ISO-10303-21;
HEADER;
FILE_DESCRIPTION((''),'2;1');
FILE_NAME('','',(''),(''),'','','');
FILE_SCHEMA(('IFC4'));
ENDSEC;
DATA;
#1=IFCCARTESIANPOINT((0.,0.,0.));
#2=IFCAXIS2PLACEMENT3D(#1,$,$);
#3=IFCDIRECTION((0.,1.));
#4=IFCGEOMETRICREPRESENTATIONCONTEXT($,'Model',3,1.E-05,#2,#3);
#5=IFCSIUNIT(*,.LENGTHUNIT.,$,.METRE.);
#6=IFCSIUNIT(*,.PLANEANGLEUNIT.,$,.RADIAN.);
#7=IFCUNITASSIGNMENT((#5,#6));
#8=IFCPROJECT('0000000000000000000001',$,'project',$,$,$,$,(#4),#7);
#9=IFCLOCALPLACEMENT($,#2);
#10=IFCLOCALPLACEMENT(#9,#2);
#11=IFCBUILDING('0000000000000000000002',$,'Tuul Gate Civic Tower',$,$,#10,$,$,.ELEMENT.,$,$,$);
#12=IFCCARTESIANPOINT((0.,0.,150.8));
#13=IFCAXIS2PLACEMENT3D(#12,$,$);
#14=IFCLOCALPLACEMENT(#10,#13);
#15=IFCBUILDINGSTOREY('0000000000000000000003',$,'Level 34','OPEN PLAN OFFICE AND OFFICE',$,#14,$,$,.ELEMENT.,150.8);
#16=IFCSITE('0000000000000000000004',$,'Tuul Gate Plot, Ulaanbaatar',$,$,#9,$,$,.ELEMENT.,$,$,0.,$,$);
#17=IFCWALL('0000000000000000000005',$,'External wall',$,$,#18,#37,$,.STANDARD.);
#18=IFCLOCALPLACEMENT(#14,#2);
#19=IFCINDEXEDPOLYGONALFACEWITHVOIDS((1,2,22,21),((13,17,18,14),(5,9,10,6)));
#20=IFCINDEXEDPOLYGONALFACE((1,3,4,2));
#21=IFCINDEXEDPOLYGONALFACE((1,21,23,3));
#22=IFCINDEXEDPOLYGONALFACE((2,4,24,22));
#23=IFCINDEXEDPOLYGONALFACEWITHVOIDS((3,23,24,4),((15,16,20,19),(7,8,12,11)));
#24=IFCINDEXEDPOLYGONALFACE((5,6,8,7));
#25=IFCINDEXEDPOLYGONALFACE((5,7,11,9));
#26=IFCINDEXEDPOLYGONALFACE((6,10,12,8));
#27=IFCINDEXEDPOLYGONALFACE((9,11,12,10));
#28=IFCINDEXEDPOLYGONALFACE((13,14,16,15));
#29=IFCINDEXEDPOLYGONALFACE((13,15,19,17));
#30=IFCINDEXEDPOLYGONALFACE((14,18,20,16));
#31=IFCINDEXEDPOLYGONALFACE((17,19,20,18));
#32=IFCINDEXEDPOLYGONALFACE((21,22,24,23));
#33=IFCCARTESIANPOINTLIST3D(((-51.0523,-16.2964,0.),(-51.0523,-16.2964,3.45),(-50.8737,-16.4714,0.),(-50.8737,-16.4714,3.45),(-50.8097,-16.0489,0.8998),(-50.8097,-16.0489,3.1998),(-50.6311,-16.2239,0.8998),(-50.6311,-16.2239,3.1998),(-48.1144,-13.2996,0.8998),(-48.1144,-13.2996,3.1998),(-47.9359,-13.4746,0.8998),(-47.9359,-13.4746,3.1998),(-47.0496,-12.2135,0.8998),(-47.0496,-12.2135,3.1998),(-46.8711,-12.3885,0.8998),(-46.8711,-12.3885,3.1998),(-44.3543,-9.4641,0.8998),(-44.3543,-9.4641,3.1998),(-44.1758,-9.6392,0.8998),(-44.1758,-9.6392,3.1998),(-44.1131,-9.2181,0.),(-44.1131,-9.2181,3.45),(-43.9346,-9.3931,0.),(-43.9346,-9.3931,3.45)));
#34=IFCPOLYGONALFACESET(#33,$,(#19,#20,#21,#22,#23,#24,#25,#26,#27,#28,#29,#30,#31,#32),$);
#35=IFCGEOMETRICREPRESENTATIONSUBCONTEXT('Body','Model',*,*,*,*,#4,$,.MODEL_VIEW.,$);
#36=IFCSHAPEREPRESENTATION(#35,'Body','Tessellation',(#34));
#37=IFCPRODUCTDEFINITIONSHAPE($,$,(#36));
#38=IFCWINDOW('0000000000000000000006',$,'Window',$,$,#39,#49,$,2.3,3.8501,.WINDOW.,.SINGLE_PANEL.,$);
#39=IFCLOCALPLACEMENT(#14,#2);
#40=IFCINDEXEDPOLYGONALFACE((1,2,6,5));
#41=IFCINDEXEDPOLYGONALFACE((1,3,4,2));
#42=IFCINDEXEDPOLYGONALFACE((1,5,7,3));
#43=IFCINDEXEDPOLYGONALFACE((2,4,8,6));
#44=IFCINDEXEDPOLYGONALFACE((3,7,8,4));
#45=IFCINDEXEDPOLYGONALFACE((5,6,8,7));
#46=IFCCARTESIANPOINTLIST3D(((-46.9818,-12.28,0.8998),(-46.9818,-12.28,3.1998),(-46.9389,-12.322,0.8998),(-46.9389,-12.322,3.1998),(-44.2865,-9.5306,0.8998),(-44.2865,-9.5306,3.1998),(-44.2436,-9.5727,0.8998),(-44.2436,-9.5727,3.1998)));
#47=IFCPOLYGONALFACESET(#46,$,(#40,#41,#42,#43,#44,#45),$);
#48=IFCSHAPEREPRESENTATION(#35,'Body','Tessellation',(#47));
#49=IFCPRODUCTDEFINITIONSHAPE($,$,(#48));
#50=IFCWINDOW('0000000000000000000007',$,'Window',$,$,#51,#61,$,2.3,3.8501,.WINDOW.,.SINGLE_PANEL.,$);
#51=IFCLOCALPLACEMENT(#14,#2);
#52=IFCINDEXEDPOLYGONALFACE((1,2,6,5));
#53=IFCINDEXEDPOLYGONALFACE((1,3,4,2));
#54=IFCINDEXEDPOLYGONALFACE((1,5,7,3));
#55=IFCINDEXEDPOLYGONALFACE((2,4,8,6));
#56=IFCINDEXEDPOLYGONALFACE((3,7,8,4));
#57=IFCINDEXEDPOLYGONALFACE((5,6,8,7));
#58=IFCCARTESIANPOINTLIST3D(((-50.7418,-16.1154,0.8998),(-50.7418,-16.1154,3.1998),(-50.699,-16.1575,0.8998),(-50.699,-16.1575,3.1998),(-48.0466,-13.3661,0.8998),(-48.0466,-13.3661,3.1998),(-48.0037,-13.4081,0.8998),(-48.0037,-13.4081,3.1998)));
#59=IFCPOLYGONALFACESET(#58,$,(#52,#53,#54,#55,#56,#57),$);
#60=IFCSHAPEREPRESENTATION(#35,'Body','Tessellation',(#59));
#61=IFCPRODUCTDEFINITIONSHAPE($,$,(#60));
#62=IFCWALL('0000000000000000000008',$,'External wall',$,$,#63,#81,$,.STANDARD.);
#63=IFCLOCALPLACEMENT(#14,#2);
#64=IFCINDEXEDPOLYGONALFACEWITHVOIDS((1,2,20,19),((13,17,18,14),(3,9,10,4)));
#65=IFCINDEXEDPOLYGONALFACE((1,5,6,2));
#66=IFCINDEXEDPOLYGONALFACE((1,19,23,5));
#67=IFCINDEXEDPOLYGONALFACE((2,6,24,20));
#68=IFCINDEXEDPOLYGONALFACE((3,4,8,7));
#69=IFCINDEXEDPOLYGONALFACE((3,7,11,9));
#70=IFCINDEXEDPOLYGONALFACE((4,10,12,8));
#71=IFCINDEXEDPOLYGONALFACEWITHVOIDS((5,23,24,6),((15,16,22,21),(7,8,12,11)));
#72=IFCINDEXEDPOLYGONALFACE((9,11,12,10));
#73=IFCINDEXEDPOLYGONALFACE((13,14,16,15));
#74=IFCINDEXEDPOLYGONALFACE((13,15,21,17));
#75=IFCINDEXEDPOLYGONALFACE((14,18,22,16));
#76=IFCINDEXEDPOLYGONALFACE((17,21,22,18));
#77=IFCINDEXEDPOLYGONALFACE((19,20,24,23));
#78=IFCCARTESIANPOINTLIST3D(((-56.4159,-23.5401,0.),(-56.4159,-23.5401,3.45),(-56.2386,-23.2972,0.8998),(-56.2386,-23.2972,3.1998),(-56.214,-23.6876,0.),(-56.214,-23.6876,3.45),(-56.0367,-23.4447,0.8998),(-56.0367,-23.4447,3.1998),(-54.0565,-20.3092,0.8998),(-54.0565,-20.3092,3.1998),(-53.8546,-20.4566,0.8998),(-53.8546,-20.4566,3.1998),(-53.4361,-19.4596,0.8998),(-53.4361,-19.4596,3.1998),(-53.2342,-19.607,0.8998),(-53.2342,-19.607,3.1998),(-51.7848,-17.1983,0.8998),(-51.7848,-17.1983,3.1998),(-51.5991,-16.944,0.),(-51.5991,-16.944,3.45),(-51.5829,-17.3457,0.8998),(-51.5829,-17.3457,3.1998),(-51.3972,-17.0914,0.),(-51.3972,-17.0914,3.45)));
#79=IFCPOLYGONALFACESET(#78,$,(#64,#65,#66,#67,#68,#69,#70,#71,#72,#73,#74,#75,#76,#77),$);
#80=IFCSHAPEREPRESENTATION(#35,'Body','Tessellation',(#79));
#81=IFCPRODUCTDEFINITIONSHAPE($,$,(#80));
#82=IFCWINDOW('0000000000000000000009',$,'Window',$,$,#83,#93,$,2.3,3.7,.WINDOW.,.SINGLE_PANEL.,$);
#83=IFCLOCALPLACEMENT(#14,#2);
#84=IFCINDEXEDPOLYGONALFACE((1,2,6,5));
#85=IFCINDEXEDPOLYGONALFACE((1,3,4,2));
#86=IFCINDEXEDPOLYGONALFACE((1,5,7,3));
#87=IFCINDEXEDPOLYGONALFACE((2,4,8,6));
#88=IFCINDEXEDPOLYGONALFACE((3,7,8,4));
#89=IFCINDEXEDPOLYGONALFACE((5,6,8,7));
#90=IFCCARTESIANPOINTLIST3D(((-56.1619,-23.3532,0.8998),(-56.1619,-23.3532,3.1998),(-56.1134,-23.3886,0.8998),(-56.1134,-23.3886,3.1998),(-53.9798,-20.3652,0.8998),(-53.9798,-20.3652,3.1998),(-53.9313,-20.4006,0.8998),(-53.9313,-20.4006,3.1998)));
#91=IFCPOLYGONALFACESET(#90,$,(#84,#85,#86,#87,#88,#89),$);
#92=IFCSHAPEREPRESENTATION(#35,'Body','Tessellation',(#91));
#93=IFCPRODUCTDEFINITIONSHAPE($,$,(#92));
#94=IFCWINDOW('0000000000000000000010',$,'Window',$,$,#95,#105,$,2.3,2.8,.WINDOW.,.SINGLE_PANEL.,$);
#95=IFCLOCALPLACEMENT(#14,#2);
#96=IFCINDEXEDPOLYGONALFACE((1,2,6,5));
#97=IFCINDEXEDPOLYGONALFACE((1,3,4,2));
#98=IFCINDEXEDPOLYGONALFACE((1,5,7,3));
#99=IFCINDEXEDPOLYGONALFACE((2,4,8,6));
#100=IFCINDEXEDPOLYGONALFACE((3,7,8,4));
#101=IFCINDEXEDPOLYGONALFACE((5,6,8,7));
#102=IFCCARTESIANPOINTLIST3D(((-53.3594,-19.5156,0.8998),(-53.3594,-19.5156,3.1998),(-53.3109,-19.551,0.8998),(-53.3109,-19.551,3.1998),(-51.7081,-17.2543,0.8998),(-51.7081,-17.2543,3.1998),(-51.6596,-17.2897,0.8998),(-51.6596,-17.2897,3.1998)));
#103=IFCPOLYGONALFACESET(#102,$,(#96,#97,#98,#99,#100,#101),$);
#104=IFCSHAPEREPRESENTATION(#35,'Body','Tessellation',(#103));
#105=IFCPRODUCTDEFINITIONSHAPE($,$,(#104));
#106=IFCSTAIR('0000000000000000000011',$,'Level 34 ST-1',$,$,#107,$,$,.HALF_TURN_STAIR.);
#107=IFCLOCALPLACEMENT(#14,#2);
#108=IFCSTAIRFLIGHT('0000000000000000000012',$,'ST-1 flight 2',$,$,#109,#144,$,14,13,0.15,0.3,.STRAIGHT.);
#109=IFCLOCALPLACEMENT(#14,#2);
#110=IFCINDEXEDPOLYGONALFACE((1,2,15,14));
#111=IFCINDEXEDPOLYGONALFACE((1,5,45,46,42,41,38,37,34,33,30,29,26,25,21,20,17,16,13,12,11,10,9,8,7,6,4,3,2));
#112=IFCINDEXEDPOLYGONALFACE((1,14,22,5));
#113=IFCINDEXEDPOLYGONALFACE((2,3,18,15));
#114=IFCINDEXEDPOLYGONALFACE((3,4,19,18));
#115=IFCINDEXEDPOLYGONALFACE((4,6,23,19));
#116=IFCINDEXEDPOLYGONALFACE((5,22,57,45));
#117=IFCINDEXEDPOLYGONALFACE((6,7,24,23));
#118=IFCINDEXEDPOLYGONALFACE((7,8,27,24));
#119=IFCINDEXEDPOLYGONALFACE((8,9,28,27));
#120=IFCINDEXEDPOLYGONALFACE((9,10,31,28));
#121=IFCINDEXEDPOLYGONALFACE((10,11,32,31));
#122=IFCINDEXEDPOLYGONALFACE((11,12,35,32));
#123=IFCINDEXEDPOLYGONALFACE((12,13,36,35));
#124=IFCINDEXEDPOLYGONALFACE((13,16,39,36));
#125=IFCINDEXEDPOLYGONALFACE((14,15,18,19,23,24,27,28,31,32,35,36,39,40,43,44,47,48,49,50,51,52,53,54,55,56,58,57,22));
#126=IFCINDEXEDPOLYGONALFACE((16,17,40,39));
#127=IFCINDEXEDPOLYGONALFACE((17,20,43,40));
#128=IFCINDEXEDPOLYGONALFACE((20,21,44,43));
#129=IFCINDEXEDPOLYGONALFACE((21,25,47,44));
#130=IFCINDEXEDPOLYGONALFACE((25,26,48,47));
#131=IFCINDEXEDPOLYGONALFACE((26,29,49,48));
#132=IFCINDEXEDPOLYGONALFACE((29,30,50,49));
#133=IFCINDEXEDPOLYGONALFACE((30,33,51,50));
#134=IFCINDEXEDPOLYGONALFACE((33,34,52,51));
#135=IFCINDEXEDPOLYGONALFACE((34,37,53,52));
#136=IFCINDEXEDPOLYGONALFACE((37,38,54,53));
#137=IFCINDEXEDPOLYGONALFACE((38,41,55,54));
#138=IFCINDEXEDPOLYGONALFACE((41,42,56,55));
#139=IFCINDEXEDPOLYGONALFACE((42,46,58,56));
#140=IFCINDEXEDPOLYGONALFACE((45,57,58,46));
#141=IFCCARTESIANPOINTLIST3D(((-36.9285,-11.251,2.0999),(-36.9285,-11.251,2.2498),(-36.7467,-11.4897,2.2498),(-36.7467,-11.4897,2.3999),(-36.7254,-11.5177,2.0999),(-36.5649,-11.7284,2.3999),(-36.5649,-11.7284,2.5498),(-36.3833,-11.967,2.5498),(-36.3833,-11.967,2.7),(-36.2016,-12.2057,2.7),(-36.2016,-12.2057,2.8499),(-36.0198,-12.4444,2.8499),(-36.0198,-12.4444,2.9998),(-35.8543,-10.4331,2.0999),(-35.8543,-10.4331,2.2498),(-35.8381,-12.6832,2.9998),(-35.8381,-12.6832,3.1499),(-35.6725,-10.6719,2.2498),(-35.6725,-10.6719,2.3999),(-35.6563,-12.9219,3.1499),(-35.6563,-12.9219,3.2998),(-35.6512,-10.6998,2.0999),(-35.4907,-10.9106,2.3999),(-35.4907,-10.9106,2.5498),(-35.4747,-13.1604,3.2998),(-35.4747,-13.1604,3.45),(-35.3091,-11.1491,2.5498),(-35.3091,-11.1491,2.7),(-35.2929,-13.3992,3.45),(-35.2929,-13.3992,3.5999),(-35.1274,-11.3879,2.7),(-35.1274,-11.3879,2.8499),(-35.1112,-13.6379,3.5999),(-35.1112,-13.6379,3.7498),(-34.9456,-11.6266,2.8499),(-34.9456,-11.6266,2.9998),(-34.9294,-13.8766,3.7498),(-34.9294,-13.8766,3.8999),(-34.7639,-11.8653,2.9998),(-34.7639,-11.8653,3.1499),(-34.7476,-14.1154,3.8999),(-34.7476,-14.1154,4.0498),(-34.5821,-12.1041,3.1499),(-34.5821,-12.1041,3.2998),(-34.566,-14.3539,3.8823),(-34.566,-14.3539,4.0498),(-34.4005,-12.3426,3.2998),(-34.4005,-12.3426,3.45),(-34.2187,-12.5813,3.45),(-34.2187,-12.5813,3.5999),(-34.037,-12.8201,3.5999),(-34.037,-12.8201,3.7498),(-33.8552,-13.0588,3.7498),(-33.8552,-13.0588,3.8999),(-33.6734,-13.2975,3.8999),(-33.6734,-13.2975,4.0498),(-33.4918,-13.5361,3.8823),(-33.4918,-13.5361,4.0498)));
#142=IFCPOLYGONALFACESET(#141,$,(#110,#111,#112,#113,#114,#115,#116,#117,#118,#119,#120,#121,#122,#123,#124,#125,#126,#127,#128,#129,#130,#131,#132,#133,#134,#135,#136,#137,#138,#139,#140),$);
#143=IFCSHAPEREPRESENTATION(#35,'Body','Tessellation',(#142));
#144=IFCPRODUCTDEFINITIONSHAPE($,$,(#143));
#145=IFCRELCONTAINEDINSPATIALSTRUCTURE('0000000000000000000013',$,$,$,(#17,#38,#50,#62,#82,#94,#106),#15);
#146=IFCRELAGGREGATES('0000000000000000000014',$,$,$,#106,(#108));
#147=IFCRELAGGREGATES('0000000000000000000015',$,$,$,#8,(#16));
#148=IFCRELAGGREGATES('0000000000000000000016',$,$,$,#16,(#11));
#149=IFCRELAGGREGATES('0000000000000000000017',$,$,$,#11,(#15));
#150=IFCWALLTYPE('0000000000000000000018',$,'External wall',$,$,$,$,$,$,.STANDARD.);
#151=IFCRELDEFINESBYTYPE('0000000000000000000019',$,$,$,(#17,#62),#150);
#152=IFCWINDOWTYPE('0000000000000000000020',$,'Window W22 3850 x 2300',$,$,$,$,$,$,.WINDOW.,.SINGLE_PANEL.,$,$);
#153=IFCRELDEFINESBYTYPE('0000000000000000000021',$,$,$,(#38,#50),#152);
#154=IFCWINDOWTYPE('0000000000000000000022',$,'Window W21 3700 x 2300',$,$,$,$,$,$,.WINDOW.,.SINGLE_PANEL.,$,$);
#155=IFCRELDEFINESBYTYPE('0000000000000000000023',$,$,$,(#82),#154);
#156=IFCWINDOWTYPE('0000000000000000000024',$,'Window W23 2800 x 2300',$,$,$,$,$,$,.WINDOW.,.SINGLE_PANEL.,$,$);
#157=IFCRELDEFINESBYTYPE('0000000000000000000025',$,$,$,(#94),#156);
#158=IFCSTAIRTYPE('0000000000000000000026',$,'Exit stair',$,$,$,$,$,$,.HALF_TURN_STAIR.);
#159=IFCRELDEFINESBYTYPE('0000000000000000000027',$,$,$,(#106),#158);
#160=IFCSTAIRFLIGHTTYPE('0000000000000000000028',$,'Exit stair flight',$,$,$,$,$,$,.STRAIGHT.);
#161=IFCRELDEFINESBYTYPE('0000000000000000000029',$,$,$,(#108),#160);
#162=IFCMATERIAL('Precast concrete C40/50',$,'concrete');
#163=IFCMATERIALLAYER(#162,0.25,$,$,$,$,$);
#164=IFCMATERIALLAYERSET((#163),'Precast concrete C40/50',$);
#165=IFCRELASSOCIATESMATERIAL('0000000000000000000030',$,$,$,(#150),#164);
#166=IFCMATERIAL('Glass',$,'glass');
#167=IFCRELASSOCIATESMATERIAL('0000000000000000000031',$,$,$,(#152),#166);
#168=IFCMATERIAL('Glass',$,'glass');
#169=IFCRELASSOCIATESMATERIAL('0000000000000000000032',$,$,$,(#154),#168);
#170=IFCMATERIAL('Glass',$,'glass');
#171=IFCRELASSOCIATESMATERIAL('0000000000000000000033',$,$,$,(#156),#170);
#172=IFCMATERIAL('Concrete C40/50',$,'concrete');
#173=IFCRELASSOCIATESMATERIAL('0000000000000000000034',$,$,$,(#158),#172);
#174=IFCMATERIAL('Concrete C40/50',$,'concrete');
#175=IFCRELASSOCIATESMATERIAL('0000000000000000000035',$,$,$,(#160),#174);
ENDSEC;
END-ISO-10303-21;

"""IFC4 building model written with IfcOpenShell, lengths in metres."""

from ifc_helpers import new_model, si_unit, direction, frame, frame_2d, origin, place, context, subcontext, project, spatial, polyline, rectangle, outline, extrude, material, layer, layer_set, type_object, element, fill, aggregate, save


model = new_model("IFC4")

# Units and contexts
model_context = context("Model", 3, precision=1e-05, world=origin(), true_north=direction((0.0, 1.0)))
body_context = subcontext(model_context, "Body", "Model", "MODEL_VIEW")
ifc_project = project(units=[si_unit("LENGTHUNIT", "METRE"), si_unit("PLANEANGLEUNIT", "RADIAN")], contexts=[model_context])

# Site, building, storey
site_placement = place(None, origin())
site = spatial("IfcSite", under=ifc_project, at=site_placement, Name="Tuul Gate Plot, Ulaanbaatar", CompositionType="ELEMENT", RefElevation=0.0)
building_placement = place(site_placement, origin())
building = spatial("IfcBuilding", under=site, at=building_placement, Name="Tuul Gate Civic Tower", CompositionType="ELEMENT")
storey_placement = place(building_placement, frame((0.0, 0.0, 150.8)))
storey = spatial("IfcBuildingStorey", under=building, at=storey_placement, Name="Level 34", Description="OPEN PLAN OFFICE AND OFFICE", CompositionType="ELEMENT", Elevation=150.8)

# Walls, openings, windows
ifc_material_1 = material(Name="Precast concrete C40/50", Category="concrete")
ifc_layer_1 = layer(ifc_material_1, 0.25)
ifc_layer_set_1 = layer_set([ifc_layer_1], Name="Precast concrete C40/50")
wall_type_1 = type_object("IfcWallType", Name="External wall", PredefinedType="STANDARD", material=ifc_layer_set_1)
wall_1_placement = place(storey_placement, frame((-44.0239, -9.3057, 0.0), z_axis=(0.0, 0.0, 1.0), x_axis=(-0.700052, -0.714091, 0.0)))
wall_1 = element("IfcWall", 1, at=wall_1_placement, inside=storey, type_object=wall_type_1, Name="External wall", PredefinedType="STANDARD", context=body_context, shape_type="SweptSolid", body=[
    extrude(rectangle(XDim=9.9124, YDim=0.25, at=frame_2d((4.9561, 0.0))), origin(), (0.0, 0.0, 1.0), 3.45),
])
opening_1_placement = place(wall_1_placement, frame((0.3445, 0.0, 0.8999)))
opening_1 = element("IfcOpeningElement", 2, at=opening_1_placement, cuts=wall_1, PredefinedType="OPENING", context=body_context, shape_type="SweptSolid", body=[
    extrude(rectangle(XDim=3.8501, YDim=2.3, at=frame_2d((1.925, 1.1499))), frame((0.0, 0.135, 0.0), z_axis=(0.0, -1.0, 0.0), x_axis=(1.0, 0.0, 0.0)), (0.0, 0.0, 1.0), 0.27),
])
opening_2_placement = place(wall_1_placement, frame((5.7156, 0.0, 0.8999)))
opening_2 = element("IfcOpeningElement", 3, at=opening_2_placement, cuts=wall_1, PredefinedType="OPENING", context=body_context, shape_type="SweptSolid", body=[
    extrude(rectangle(XDim=3.8501, YDim=2.3, at=frame_2d((1.925, 1.1499))), frame((0.0, 0.135, 0.0), z_axis=(0.0, -1.0, 0.0), x_axis=(1.0, 0.0, 0.0)), (0.0, 0.0, 1.0), 0.27),
])
ifc_material_2 = material(Name="Glass", Category="glass")
window_type_1 = type_object("IfcWindowType", Name="Window W22 3850 x 2300", PartitioningType="SINGLE_PANEL", PredefinedType="WINDOW", material=ifc_material_2)
window_1_placement = place(opening_1_placement, origin())
window_1 = element("IfcWindow", 4, at=window_1_placement, inside=storey, type_object=window_type_1, Name="Window", OverallHeight=2.3, OverallWidth=3.8501, PartitioningType="SINGLE_PANEL", PredefinedType="WINDOW", context=body_context, shape_type="SweptSolid", body=[
    extrude(rectangle(XDim=3.8501, YDim=2.3, at=frame_2d((1.925, 1.1499))), frame((0.0, 0.03, 0.0), z_axis=(0.0, -1.0, 0.0), x_axis=(1.0, 0.0, 0.0)), (0.0, 0.0, 1.0), 0.0601),
])
fill(opening_1, window_1)
window_2_placement = place(opening_2_placement, origin())
window_2 = element("IfcWindow", 5, at=window_2_placement, inside=storey, type_object=window_type_1, Name="Window", OverallHeight=2.3, OverallWidth=3.8501, PartitioningType="SINGLE_PANEL", PredefinedType="WINDOW", context=body_context, shape_type="SweptSolid", body=[
    extrude(rectangle(XDim=3.8501, YDim=2.3, at=frame_2d((1.925, 1.1499))), frame((0.0, 0.03, 0.0), z_axis=(0.0, -1.0, 0.0), x_axis=(1.0, 0.0, 0.0)), (0.0, 0.0, 1.0), 0.0601),
])
fill(opening_2, window_2)
wall_2_placement = place(storey_placement, frame((-51.498, -17.0176, 0.0), z_axis=(0.0, 0.0, 1.0), x_axis=(-0.589745, -0.807589, 0.0)))
wall_2 = element("IfcWall", 6, at=wall_2_placement, inside=storey, type_object=wall_type_1, Name="External wall", PredefinedType="STANDARD", context=body_context, shape_type="SweptSolid", body=[
    extrude(rectangle(XDim=8.1677, YDim=0.25, at=frame_2d((4.084, 0.0))), origin(), (0.0, 0.0, 1.0), 3.45),
])
opening_3_placement = place(wall_2_placement, frame((0.3152, 0.0, 0.8999)))
opening_3 = element("IfcOpeningElement", 7, at=opening_3_placement, cuts=wall_2, PredefinedType="OPENING", context=body_context, shape_type="SweptSolid", body=[
    extrude(rectangle(XDim=2.8, YDim=2.3, at=frame_2d((1.3999, 1.1499))), frame((0.0, 0.135, 0.0), z_axis=(0.0, -1.0, 0.0), x_axis=(1.0, 0.0, 0.0)), (0.0, 0.0, 1.0), 0.27),
])
opening_4_placement = place(wall_2_placement, frame((4.167, 0.0, 0.8999)))
opening_4 = element("IfcOpeningElement", 8, at=opening_4_placement, cuts=wall_2, PredefinedType="OPENING", context=body_context, shape_type="SweptSolid", body=[
    extrude(rectangle(XDim=3.7, YDim=2.3, at=frame_2d((1.8501, 1.1499))), frame((0.0, 0.135, 0.0), z_axis=(0.0, -1.0, 0.0), x_axis=(1.0, 0.0, 0.0)), (0.0, 0.0, 1.0), 0.27),
])
ifc_material_3 = material(Name="Glass", Category="glass")
window_type_2 = type_object("IfcWindowType", Name="Window W21 3700 x 2300", PartitioningType="SINGLE_PANEL", PredefinedType="WINDOW", material=ifc_material_3)
window_3_placement = place(opening_4_placement, origin())
window_3 = element("IfcWindow", 9, at=window_3_placement, inside=storey, type_object=window_type_2, Name="Window", OverallHeight=2.3, OverallWidth=3.7, PartitioningType="SINGLE_PANEL", PredefinedType="WINDOW", context=body_context, shape_type="SweptSolid", body=[
    extrude(rectangle(XDim=3.7, YDim=2.3, at=frame_2d((1.8501, 1.1499))), frame((0.0, 0.03, 0.0), z_axis=(0.0, -1.0, 0.0), x_axis=(1.0, 0.0, 0.0)), (0.0, 0.0, 1.0), 0.0601),
])
fill(opening_4, window_3)
ifc_material_4 = material(Name="Glass", Category="glass")
window_type_3 = type_object("IfcWindowType", Name="Window W23 2800 x 2300", PartitioningType="SINGLE_PANEL", PredefinedType="WINDOW", material=ifc_material_4)
window_4_placement = place(opening_3_placement, origin())
window_4 = element("IfcWindow", 10, at=window_4_placement, inside=storey, type_object=window_type_3, Name="Window", OverallHeight=2.3, OverallWidth=2.8, PartitioningType="SINGLE_PANEL", PredefinedType="WINDOW", context=body_context, shape_type="SweptSolid", body=[
    extrude(rectangle(XDim=2.8, YDim=2.3, at=frame_2d((1.3999, 1.1499))), frame((0.0, 0.03, 0.0), z_axis=(0.0, -1.0, 0.0), x_axis=(1.0, 0.0, 0.0)), (0.0, 0.0, 1.0), 0.0601),
])
fill(opening_3, window_4)

# Stair, stair flight
ifc_material_5 = material(Name="Concrete C40/50", Category="concrete")
stair_type = type_object("IfcStairType", Name="Exit stair", PredefinedType="HALF_TURN_STAIR", material=ifc_material_5)
stair_placement = place(storey_placement, origin())
stair = element("IfcStair", 11, at=stair_placement, inside=storey, type_object=stair_type, Name="Level 34 ST-1", PredefinedType="HALF_TURN_STAIR")
ifc_material_6 = material(Name="Concrete C40/50", Category="concrete")
stair_flight_type = type_object("IfcStairFlightType", Name="Exit stair flight", PredefinedType="STRAIGHT", material=ifc_material_6)
stair_flight_placement = place(storey_placement, frame((-36.3914, -10.842, 2.0999), z_axis=(0.0, 0.0, 1.0), x_axis=(0.605764, -0.795644, 0.0)))
stair_flight = element("IfcStairFlight", 12, at=stair_flight_placement, type_object=stair_flight_type, Name="ST-1 flight 2", NumberOfRisers=14, NumberOfTreads=13, PredefinedType="STRAIGHT", RiserHeight=0.15, TreadLength=0.3, context=body_context, shape_type="SweptSolid", body=[
    extrude(outline(polyline([(0.0, 0.0), (0.0, 0.1499), (0.3, 0.1499), (0.3, 0.3), (0.6001, 0.3), (0.6001, 0.45), (0.8999, 0.45), (0.8999, 0.6001), (1.2, 0.6001), (1.2, 0.75), (1.5, 0.75), (1.5, 0.8999), (1.8, 0.8999), (1.8, 1.05), (2.1001, 1.05), (2.1001, 1.2), (2.3999, 1.2), (2.3999, 1.3501), (2.7, 1.3501), (2.7, 1.5), (3.0, 1.5), (3.0, 1.6499), (3.3, 1.6499), (3.3, 1.8), (3.6001, 1.8), (3.6001, 1.95), (3.8999, 1.95), (3.8999, 2.1001), (3.8999, 1.7825), (0.3352, 0.0), (0.0, 0.0)])), frame((0.0, 0.675, 0.0), z_axis=(0.0, -1.0, 0.0), x_axis=(1.0, 0.0, 0.0)), (0.0, 0.0, 1.0), 1.3501),
])
aggregate(stair, [stair_flight])

save(model, "model.ifc")
